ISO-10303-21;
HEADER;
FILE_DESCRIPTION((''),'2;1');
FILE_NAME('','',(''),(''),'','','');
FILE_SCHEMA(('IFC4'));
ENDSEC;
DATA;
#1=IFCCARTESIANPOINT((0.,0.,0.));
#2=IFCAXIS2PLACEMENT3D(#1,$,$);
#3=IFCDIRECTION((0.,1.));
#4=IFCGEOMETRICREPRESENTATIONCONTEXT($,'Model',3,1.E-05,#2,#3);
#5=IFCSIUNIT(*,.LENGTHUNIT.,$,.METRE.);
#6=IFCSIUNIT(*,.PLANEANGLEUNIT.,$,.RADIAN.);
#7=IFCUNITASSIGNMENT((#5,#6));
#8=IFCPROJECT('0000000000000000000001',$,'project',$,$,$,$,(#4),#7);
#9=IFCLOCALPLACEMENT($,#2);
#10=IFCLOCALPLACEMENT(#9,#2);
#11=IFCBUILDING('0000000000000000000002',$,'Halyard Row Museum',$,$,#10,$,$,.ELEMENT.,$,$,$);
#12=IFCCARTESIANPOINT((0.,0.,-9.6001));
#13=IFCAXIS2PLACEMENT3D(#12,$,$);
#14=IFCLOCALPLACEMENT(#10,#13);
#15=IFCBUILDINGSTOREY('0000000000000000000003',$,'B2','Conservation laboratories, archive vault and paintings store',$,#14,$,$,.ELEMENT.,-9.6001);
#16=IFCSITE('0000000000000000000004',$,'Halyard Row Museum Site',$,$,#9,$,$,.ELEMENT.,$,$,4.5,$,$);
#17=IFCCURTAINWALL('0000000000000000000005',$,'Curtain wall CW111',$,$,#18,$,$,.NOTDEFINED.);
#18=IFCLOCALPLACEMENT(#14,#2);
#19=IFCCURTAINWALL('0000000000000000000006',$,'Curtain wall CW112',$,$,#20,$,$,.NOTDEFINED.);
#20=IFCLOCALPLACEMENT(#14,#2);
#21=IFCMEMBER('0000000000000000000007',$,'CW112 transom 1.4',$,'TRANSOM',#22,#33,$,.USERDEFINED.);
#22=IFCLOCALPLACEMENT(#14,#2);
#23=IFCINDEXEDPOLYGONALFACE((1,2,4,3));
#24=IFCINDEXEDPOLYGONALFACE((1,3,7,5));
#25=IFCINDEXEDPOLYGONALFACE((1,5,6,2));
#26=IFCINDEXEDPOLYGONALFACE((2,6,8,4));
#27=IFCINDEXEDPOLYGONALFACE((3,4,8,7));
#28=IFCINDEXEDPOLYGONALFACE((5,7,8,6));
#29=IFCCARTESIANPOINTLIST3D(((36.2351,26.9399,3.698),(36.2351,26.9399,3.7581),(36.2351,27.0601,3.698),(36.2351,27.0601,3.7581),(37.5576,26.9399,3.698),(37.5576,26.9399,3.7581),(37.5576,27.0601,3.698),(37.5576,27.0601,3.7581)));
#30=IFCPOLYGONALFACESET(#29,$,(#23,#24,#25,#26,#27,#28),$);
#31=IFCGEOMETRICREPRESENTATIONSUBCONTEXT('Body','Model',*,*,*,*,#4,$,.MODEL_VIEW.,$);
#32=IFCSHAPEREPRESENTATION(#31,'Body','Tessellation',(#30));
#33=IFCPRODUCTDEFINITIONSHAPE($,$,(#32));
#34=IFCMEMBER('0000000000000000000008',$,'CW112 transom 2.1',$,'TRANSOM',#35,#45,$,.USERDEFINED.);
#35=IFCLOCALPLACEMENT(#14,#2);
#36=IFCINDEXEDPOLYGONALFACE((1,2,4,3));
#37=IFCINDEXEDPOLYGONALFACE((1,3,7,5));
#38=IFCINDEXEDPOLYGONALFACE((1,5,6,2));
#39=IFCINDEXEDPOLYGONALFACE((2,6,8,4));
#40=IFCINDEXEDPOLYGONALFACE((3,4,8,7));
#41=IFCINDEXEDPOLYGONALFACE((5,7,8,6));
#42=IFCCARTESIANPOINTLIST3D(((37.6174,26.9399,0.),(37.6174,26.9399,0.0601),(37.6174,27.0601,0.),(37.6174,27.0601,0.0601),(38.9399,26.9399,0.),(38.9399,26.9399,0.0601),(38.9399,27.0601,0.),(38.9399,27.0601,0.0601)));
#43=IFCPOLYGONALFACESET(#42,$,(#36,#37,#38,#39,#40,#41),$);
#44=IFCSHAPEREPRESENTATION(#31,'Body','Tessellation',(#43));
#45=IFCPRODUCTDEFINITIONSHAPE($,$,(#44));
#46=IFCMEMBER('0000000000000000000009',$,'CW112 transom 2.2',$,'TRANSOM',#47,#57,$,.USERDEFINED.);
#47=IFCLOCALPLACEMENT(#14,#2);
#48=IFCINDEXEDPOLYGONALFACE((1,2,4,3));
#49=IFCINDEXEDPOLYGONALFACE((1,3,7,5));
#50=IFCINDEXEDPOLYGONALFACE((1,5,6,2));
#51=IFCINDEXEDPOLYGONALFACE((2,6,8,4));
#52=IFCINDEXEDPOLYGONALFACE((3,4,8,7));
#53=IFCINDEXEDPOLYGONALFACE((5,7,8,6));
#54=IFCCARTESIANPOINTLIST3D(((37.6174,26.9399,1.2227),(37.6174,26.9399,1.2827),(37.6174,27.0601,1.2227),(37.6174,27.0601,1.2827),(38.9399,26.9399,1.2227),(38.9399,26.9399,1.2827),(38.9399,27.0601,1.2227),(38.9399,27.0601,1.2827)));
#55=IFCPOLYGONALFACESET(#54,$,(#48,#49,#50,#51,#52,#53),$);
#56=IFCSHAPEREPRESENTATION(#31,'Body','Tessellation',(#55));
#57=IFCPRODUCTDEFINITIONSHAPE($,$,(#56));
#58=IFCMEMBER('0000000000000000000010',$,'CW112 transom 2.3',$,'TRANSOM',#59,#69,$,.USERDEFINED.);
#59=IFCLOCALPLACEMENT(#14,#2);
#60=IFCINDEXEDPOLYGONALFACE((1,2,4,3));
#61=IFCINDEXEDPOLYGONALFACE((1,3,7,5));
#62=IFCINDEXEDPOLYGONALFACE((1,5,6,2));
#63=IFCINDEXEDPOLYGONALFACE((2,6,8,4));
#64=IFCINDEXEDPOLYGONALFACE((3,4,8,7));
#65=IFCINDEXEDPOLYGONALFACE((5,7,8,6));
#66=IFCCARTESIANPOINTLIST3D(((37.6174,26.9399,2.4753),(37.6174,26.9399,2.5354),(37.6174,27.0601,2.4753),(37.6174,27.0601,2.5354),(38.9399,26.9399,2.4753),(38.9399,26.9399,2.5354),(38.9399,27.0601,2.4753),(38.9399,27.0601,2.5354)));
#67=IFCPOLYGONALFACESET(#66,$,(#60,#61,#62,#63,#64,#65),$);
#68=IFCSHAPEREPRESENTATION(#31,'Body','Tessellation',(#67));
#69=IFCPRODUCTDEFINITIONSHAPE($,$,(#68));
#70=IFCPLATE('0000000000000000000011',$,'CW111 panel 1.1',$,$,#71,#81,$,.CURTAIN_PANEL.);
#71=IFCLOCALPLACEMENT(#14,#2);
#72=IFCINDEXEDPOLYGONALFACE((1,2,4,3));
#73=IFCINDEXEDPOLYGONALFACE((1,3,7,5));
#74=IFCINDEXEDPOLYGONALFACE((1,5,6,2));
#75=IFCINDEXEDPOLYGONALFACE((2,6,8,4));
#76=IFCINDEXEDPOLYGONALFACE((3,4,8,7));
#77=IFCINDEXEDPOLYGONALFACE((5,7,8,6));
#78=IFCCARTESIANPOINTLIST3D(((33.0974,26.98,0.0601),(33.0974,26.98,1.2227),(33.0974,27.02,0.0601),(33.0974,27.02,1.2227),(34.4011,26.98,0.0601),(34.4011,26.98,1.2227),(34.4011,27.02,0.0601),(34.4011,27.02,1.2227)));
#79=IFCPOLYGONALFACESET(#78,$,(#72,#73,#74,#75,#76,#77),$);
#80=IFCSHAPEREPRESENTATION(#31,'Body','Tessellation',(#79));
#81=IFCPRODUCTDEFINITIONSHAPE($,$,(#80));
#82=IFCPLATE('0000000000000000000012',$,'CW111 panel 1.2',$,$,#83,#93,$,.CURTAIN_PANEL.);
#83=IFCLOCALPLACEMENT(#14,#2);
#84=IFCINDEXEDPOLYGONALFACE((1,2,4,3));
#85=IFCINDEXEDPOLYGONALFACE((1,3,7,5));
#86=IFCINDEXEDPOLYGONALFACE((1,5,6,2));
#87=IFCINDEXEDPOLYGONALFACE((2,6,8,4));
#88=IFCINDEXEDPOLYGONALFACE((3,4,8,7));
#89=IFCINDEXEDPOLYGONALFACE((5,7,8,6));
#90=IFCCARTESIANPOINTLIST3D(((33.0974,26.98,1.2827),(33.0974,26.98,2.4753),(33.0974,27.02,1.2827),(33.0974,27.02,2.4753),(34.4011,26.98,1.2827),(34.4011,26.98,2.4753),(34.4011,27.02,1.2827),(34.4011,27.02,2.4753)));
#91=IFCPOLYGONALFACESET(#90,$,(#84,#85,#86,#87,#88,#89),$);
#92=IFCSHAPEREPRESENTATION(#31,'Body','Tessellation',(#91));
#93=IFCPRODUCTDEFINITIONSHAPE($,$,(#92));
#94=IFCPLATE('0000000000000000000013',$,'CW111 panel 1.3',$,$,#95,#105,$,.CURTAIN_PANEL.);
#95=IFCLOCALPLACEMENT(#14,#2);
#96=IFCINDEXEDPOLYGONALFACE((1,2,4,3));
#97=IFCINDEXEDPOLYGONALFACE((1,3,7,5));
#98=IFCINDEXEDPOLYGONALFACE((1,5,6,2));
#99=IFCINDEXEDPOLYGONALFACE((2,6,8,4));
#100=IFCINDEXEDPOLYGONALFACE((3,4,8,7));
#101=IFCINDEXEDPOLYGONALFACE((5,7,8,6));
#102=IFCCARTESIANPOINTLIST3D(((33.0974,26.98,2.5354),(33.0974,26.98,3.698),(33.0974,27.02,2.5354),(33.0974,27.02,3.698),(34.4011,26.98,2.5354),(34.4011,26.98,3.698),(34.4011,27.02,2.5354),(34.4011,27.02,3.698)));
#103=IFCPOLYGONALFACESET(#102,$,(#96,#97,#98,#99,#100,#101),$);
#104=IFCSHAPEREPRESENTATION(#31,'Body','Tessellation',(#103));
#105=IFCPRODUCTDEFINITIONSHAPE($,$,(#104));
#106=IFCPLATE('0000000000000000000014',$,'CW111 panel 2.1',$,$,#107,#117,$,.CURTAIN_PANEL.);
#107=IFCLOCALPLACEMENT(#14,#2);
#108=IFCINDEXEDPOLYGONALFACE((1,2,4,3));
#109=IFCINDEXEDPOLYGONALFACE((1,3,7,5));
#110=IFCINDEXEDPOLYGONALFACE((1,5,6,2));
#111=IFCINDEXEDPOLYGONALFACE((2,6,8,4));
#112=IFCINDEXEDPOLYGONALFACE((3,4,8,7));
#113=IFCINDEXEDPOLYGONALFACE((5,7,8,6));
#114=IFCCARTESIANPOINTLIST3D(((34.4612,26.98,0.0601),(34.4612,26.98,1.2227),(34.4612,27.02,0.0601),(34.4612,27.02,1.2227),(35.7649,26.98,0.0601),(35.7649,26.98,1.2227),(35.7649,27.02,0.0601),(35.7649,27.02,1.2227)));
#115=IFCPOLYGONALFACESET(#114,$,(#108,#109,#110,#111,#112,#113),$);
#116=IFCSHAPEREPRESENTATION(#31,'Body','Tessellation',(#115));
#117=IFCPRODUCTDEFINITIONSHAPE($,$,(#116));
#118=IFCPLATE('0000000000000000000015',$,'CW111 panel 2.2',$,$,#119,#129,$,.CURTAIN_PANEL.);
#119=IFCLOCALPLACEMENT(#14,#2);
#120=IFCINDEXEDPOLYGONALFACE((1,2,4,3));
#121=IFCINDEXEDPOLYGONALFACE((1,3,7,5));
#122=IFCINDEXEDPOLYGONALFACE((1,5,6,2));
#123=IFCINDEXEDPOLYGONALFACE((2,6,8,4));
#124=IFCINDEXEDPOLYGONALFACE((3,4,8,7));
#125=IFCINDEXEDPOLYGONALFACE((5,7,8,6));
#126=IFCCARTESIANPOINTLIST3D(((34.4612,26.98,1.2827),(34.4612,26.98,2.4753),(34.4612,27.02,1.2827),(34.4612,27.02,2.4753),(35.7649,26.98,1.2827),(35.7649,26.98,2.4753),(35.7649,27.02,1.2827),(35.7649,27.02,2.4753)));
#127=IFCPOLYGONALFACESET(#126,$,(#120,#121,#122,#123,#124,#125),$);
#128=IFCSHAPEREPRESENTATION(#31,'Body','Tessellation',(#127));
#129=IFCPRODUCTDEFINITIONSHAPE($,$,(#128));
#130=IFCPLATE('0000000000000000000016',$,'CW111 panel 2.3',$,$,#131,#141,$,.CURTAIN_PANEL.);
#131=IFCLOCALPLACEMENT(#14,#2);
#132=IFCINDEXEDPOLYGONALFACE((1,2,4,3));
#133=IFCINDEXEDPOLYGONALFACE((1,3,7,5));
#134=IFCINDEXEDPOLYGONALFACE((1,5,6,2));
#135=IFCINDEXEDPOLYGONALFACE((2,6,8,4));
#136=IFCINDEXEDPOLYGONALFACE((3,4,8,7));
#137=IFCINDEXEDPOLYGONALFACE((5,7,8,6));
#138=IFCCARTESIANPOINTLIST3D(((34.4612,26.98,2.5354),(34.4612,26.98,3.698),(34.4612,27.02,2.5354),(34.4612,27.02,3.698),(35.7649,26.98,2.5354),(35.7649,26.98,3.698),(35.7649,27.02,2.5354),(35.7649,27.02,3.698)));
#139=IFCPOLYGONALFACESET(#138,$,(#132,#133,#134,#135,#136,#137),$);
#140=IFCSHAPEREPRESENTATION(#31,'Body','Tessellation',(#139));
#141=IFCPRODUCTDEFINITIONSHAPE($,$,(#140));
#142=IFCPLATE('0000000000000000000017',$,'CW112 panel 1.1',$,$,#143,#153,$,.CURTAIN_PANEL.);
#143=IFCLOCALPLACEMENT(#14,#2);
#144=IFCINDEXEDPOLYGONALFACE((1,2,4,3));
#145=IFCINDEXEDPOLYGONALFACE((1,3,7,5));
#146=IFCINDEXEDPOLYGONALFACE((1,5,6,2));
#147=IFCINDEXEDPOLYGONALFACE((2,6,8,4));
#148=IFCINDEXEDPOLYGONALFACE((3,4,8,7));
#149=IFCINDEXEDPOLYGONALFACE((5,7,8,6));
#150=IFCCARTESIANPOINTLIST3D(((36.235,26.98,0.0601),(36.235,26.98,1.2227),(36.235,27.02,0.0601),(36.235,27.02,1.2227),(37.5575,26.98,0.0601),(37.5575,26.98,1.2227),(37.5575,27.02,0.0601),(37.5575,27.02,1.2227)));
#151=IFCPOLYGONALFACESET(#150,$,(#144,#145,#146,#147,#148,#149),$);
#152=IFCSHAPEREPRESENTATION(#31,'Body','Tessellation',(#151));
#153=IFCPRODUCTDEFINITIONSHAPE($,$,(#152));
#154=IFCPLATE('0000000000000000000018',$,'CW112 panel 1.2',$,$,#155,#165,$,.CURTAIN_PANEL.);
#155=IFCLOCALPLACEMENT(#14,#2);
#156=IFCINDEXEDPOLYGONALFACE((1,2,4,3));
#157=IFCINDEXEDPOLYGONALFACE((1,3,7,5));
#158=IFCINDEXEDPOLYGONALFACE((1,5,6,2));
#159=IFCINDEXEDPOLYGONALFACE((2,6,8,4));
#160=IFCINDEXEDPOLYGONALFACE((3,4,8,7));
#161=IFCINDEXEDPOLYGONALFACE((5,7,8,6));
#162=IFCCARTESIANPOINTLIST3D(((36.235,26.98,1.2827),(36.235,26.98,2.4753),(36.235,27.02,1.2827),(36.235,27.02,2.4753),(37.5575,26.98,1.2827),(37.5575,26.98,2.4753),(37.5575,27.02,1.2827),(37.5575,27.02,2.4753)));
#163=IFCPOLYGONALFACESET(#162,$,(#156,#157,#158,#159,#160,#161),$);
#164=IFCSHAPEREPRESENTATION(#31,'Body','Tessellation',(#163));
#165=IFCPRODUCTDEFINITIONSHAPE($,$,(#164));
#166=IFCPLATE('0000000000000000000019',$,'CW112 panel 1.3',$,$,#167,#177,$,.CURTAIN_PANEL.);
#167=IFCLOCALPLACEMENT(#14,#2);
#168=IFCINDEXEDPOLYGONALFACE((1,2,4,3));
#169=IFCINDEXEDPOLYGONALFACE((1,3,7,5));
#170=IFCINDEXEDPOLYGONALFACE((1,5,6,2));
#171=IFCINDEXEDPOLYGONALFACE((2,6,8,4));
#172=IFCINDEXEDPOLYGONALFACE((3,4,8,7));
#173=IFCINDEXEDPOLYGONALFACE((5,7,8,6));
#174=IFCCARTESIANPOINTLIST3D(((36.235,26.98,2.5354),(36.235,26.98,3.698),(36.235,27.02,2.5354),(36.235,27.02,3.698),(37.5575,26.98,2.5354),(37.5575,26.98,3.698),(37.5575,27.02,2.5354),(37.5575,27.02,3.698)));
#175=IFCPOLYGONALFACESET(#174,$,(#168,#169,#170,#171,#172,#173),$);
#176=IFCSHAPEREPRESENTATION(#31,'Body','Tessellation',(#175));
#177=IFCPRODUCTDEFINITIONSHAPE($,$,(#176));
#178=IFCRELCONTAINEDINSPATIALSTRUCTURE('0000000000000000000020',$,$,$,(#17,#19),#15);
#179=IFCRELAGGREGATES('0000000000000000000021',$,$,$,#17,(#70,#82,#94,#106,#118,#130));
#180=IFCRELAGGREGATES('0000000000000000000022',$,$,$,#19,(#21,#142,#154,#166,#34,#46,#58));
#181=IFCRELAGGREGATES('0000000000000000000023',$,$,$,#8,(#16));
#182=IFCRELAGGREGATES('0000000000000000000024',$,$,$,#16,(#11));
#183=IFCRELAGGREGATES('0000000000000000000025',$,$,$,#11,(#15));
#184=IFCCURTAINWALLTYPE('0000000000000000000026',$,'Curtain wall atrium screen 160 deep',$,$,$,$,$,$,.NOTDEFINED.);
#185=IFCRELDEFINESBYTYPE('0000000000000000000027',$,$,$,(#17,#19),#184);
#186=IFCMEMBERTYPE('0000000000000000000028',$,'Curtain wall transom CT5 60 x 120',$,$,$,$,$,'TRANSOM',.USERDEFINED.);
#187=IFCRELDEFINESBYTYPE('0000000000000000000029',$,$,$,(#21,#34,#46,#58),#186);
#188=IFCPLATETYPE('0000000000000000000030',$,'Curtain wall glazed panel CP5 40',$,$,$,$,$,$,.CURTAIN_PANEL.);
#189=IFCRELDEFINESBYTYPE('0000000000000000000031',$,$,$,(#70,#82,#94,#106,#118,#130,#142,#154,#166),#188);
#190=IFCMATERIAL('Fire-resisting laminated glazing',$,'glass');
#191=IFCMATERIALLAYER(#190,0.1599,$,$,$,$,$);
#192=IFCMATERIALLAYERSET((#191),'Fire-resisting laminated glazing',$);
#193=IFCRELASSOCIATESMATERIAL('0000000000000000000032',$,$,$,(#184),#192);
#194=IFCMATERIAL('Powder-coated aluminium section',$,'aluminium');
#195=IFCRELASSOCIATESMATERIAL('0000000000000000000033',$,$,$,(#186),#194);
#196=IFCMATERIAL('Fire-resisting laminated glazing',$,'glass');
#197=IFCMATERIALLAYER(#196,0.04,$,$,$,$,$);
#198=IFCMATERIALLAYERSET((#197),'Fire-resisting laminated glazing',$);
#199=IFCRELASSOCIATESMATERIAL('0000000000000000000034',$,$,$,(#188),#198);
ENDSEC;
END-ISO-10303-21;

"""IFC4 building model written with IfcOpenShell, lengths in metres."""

from ifc_helpers import new_model, si_unit, direction, frame, origin, origin_2d, place, context, subcontext, project, spatial, rectangle, extrude, material, layer, layer_set, material_profile, profile_set, type_object, element, aggregate, save


model = new_model("IFC4")

# Units and contexts
model_context = context("Model", 3, precision=1e-05, world=origin(), true_north=direction((0.0, 1.0)))
body_context = subcontext(model_context, "Body", "Model", "MODEL_VIEW")
ifc_project = project(units=[si_unit("LENGTHUNIT", "METRE"), si_unit("PLANEANGLEUNIT", "RADIAN")], contexts=[model_context])

# Site, building, storey
site_placement = place(None, origin())
site = spatial("IfcSite", under=ifc_project, at=site_placement, Name="Halyard Row Museum Site", CompositionType="ELEMENT", RefElevation=4.5)
building_placement = place(site_placement, origin())
building = spatial("IfcBuilding", under=site, at=building_placement, Name="Halyard Row Museum", CompositionType="ELEMENT")
storey_placement = place(building_placement, frame((0.0, 0.0, -9.6001)))
storey = spatial("IfcBuildingStorey", under=building, at=storey_placement, Name="B2", Description="Conservation laboratories, archive vault and paintings store", CompositionType="ELEMENT", Elevation=-9.6001)

# Curtain walls
ifc_material_1 = material(Name="Fire-resisting laminated glazing", Category="glass")
ifc_layer_1 = layer(ifc_material_1, 0.1599)
ifc_layer_set_1 = layer_set([ifc_layer_1], Name="Fire-resisting laminated glazing")
curtain_wall_type = type_object("IfcCurtainWallType", Name="Curtain wall atrium screen 160 deep", PredefinedType="NOTDEFINED", material=ifc_layer_set_1)
curtain_wall_1_placement = place(storey_placement, origin())
curtain_wall_1 = element("IfcCurtainWall", 1, at=curtain_wall_1_placement, inside=storey, type_object=curtain_wall_type, Name="Curtain wall CW111", PredefinedType="NOTDEFINED")
curtain_wall_2_placement = place(storey_placement, origin())
curtain_wall_2 = element("IfcCurtainWall", 2, at=curtain_wall_2_placement, inside=storey, type_object=curtain_wall_type, Name="Curtain wall CW112", PredefinedType="NOTDEFINED")

# Members
ifc_material_2 = material(Name="Powder-coated aluminium section", Category="aluminium")
ifc_material_profile_1 = material_profile(ifc_material_2, rectangle(XDim=0.1201, YDim=0.0601, at=origin_2d()), Name="120x60 transom")
ifc_profile_set_1 = profile_set([ifc_material_profile_1], Name="Powder-coated aluminium section")
member_type_1 = type_object("IfcMemberType", Name="Curtain wall transom CT5 60 x 120", ElementType="TRANSOM", PredefinedType="USERDEFINED", material=ifc_profile_set_1)
member_1_placement = place(storey_placement, frame((36.2351, 27.0, 3.728), z_axis=(1.0, 0.0, 0.0), x_axis=(0.0, 1.0, 0.0)))
member_1 = element("IfcMember", 3, at=member_1_placement, type_object=member_type_1, Name="CW112 transom 1.4", ObjectType="TRANSOM", PredefinedType="USERDEFINED", context=body_context, shape_type="SweptSolid", body=[
    extrude(rectangle(XDim=0.1201, YDim=0.0601, at=origin_2d()), origin(), (0.0, 0.0, 1.0), 1.3225),
])
member_2_placement = place(storey_placement, frame((37.6174, 27.0, 0.03), z_axis=(1.0, 0.0, 0.0), x_axis=(0.0, 1.0, 0.0)))
member_2 = element("IfcMember", 4, at=member_2_placement, type_object=member_type_1, Name="CW112 transom 2.1", ObjectType="TRANSOM", PredefinedType="USERDEFINED", context=body_context, shape_type="SweptSolid", body=[
    extrude(rectangle(XDim=0.1201, YDim=0.0601, at=origin_2d()), origin(), (0.0, 0.0, 1.0), 1.3225),
])
member_3_placement = place(storey_placement, frame((37.6174, 27.0, 1.2527), z_axis=(1.0, 0.0, 0.0), x_axis=(0.0, 1.0, 0.0)))
member_3 = element("IfcMember", 5, at=member_3_placement, type_object=member_type_1, Name="CW112 transom 2.2", ObjectType="TRANSOM", PredefinedType="USERDEFINED", context=body_context, shape_type="SweptSolid", body=[
    extrude(rectangle(XDim=0.1201, YDim=0.0601, at=origin_2d()), origin(), (0.0, 0.0, 1.0), 1.3225),
])
member_4_placement = place(storey_placement, frame((37.6174, 27.0, 2.5054), z_axis=(1.0, 0.0, 0.0), x_axis=(0.0, 1.0, 0.0)))
member_4 = element("IfcMember", 6, at=member_4_placement, type_object=member_type_1, Name="CW112 transom 2.3", ObjectType="TRANSOM", PredefinedType="USERDEFINED", context=body_context, shape_type="SweptSolid", body=[
    extrude(rectangle(XDim=0.1201, YDim=0.0601, at=origin_2d()), origin(), (0.0, 0.0, 1.0), 1.3225),
])

# Plates
ifc_material_3 = material(Name="Fire-resisting laminated glazing", Category="glass")
ifc_layer_2 = layer(ifc_material_3, 0.04)
ifc_layer_set_2 = layer_set([ifc_layer_2], Name="Fire-resisting laminated glazing")
plate_type = type_object("IfcPlateType", Name="Curtain wall glazed panel CP5 40", PredefinedType="CURTAIN_PANEL", material=ifc_layer_set_2)
plate_1_placement = place(storey_placement, frame((33.7493, 27.0, 0.0601), z_axis=(0.0, 0.0, 1.0), x_axis=(1.0, 0.0, 0.0)))
plate_1 = element("IfcPlate", 7, at=plate_1_placement, type_object=plate_type, Name="CW111 panel 1.1", PredefinedType="CURTAIN_PANEL", context=body_context, shape_type="SweptSolid", body=[
    extrude(rectangle(XDim=1.3037, YDim=0.04, at=origin_2d()), origin(), (0.0, 0.0, 1.0), 1.1626),
])
plate_2_placement = place(storey_placement, frame((33.7493, 27.0, 1.2827), z_axis=(0.0, 0.0, 1.0), x_axis=(1.0, 0.0, 0.0)))
plate_2 = element("IfcPlate", 8, at=plate_2_placement, type_object=plate_type, Name="CW111 panel 1.2", PredefinedType="CURTAIN_PANEL", context=body_context, shape_type="SweptSolid", body=[
    extrude(rectangle(XDim=1.3037, YDim=0.04, at=origin_2d()), origin(), (0.0, 0.0, 1.0), 1.1926),
])
plate_3_placement = place(storey_placement, frame((33.7493, 27.0, 2.5354), z_axis=(0.0, 0.0, 1.0), x_axis=(1.0, 0.0, 0.0)))
plate_3 = element("IfcPlate", 9, at=plate_3_placement, type_object=plate_type, Name="CW111 panel 1.3", PredefinedType="CURTAIN_PANEL", context=body_context, shape_type="SweptSolid", body=[
    extrude(rectangle(XDim=1.3037, YDim=0.04, at=origin_2d()), origin(), (0.0, 0.0, 1.0), 1.1626),
])
plate_4_placement = place(storey_placement, frame((35.113, 27.0, 0.0601), z_axis=(0.0, 0.0, 1.0), x_axis=(1.0, 0.0, 0.0)))
plate_4 = element("IfcPlate", 10, at=plate_4_placement, type_object=plate_type, Name="CW111 panel 2.1", PredefinedType="CURTAIN_PANEL", context=body_context, shape_type="SweptSolid", body=[
    extrude(rectangle(XDim=1.3037, YDim=0.04, at=origin_2d()), origin(), (0.0, 0.0, 1.0), 1.1626),
])
plate_5_placement = place(storey_placement, frame((35.113, 27.0, 1.2827), z_axis=(0.0, 0.0, 1.0), x_axis=(1.0, 0.0, 0.0)))
plate_5 = element("IfcPlate", 11, at=plate_5_placement, type_object=plate_type, Name="CW111 panel 2.2", PredefinedType="CURTAIN_PANEL", context=body_context, shape_type="SweptSolid", body=[
    extrude(rectangle(XDim=1.3037, YDim=0.04, at=origin_2d()), origin(), (0.0, 0.0, 1.0), 1.1926),
])
plate_6_placement = place(storey_placement, frame((35.113, 27.0, 2.5354), z_axis=(0.0, 0.0, 1.0), x_axis=(1.0, 0.0, 0.0)))
plate_6 = element("IfcPlate", 12, at=plate_6_placement, type_object=plate_type, Name="CW111 panel 2.3", PredefinedType="CURTAIN_PANEL", context=body_context, shape_type="SweptSolid", body=[
    extrude(rectangle(XDim=1.3037, YDim=0.04, at=origin_2d()), origin(), (0.0, 0.0, 1.0), 1.1626),
])
aggregate(curtain_wall_1, [plate_1, plate_2, plate_3, plate_4, plate_5, plate_6])
plate_7_placement = place(storey_placement, frame((36.8962, 27.0, 0.0601), z_axis=(0.0, 0.0, 1.0), x_axis=(1.0, 0.0, 0.0)))
plate_7 = element("IfcPlate", 13, at=plate_7_placement, type_object=plate_type, Name="CW112 panel 1.1", PredefinedType="CURTAIN_PANEL", context=body_context, shape_type="SweptSolid", body=[
    extrude(rectangle(XDim=1.3225, YDim=0.04, at=origin_2d()), origin(), (0.0, 0.0, 1.0), 1.1626),
])
plate_8_placement = place(storey_placement, frame((36.8962, 27.0, 1.2827), z_axis=(0.0, 0.0, 1.0), x_axis=(1.0, 0.0, 0.0)))
plate_8 = element("IfcPlate", 14, at=plate_8_placement, type_object=plate_type, Name="CW112 panel 1.2", PredefinedType="CURTAIN_PANEL", context=body_context, shape_type="SweptSolid", body=[
    extrude(rectangle(XDim=1.3225, YDim=0.04, at=origin_2d()), origin(), (0.0, 0.0, 1.0), 1.1926),
])
plate_9_placement = place(storey_placement, frame((36.8962, 27.0, 2.5354), z_axis=(0.0, 0.0, 1.0), x_axis=(1.0, 0.0, 0.0)))
plate_9 = element("IfcPlate", 15, at=plate_9_placement, type_object=plate_type, Name="CW112 panel 1.3", PredefinedType="CURTAIN_PANEL", context=body_context, shape_type="SweptSolid", body=[
    extrude(rectangle(XDim=1.3225, YDim=0.04, at=origin_2d()), origin(), (0.0, 0.0, 1.0), 1.1626),
])
aggregate(curtain_wall_2, [member_1, plate_7, plate_8, plate_9, member_2, member_3, member_4])

save(model, "model.ifc")
